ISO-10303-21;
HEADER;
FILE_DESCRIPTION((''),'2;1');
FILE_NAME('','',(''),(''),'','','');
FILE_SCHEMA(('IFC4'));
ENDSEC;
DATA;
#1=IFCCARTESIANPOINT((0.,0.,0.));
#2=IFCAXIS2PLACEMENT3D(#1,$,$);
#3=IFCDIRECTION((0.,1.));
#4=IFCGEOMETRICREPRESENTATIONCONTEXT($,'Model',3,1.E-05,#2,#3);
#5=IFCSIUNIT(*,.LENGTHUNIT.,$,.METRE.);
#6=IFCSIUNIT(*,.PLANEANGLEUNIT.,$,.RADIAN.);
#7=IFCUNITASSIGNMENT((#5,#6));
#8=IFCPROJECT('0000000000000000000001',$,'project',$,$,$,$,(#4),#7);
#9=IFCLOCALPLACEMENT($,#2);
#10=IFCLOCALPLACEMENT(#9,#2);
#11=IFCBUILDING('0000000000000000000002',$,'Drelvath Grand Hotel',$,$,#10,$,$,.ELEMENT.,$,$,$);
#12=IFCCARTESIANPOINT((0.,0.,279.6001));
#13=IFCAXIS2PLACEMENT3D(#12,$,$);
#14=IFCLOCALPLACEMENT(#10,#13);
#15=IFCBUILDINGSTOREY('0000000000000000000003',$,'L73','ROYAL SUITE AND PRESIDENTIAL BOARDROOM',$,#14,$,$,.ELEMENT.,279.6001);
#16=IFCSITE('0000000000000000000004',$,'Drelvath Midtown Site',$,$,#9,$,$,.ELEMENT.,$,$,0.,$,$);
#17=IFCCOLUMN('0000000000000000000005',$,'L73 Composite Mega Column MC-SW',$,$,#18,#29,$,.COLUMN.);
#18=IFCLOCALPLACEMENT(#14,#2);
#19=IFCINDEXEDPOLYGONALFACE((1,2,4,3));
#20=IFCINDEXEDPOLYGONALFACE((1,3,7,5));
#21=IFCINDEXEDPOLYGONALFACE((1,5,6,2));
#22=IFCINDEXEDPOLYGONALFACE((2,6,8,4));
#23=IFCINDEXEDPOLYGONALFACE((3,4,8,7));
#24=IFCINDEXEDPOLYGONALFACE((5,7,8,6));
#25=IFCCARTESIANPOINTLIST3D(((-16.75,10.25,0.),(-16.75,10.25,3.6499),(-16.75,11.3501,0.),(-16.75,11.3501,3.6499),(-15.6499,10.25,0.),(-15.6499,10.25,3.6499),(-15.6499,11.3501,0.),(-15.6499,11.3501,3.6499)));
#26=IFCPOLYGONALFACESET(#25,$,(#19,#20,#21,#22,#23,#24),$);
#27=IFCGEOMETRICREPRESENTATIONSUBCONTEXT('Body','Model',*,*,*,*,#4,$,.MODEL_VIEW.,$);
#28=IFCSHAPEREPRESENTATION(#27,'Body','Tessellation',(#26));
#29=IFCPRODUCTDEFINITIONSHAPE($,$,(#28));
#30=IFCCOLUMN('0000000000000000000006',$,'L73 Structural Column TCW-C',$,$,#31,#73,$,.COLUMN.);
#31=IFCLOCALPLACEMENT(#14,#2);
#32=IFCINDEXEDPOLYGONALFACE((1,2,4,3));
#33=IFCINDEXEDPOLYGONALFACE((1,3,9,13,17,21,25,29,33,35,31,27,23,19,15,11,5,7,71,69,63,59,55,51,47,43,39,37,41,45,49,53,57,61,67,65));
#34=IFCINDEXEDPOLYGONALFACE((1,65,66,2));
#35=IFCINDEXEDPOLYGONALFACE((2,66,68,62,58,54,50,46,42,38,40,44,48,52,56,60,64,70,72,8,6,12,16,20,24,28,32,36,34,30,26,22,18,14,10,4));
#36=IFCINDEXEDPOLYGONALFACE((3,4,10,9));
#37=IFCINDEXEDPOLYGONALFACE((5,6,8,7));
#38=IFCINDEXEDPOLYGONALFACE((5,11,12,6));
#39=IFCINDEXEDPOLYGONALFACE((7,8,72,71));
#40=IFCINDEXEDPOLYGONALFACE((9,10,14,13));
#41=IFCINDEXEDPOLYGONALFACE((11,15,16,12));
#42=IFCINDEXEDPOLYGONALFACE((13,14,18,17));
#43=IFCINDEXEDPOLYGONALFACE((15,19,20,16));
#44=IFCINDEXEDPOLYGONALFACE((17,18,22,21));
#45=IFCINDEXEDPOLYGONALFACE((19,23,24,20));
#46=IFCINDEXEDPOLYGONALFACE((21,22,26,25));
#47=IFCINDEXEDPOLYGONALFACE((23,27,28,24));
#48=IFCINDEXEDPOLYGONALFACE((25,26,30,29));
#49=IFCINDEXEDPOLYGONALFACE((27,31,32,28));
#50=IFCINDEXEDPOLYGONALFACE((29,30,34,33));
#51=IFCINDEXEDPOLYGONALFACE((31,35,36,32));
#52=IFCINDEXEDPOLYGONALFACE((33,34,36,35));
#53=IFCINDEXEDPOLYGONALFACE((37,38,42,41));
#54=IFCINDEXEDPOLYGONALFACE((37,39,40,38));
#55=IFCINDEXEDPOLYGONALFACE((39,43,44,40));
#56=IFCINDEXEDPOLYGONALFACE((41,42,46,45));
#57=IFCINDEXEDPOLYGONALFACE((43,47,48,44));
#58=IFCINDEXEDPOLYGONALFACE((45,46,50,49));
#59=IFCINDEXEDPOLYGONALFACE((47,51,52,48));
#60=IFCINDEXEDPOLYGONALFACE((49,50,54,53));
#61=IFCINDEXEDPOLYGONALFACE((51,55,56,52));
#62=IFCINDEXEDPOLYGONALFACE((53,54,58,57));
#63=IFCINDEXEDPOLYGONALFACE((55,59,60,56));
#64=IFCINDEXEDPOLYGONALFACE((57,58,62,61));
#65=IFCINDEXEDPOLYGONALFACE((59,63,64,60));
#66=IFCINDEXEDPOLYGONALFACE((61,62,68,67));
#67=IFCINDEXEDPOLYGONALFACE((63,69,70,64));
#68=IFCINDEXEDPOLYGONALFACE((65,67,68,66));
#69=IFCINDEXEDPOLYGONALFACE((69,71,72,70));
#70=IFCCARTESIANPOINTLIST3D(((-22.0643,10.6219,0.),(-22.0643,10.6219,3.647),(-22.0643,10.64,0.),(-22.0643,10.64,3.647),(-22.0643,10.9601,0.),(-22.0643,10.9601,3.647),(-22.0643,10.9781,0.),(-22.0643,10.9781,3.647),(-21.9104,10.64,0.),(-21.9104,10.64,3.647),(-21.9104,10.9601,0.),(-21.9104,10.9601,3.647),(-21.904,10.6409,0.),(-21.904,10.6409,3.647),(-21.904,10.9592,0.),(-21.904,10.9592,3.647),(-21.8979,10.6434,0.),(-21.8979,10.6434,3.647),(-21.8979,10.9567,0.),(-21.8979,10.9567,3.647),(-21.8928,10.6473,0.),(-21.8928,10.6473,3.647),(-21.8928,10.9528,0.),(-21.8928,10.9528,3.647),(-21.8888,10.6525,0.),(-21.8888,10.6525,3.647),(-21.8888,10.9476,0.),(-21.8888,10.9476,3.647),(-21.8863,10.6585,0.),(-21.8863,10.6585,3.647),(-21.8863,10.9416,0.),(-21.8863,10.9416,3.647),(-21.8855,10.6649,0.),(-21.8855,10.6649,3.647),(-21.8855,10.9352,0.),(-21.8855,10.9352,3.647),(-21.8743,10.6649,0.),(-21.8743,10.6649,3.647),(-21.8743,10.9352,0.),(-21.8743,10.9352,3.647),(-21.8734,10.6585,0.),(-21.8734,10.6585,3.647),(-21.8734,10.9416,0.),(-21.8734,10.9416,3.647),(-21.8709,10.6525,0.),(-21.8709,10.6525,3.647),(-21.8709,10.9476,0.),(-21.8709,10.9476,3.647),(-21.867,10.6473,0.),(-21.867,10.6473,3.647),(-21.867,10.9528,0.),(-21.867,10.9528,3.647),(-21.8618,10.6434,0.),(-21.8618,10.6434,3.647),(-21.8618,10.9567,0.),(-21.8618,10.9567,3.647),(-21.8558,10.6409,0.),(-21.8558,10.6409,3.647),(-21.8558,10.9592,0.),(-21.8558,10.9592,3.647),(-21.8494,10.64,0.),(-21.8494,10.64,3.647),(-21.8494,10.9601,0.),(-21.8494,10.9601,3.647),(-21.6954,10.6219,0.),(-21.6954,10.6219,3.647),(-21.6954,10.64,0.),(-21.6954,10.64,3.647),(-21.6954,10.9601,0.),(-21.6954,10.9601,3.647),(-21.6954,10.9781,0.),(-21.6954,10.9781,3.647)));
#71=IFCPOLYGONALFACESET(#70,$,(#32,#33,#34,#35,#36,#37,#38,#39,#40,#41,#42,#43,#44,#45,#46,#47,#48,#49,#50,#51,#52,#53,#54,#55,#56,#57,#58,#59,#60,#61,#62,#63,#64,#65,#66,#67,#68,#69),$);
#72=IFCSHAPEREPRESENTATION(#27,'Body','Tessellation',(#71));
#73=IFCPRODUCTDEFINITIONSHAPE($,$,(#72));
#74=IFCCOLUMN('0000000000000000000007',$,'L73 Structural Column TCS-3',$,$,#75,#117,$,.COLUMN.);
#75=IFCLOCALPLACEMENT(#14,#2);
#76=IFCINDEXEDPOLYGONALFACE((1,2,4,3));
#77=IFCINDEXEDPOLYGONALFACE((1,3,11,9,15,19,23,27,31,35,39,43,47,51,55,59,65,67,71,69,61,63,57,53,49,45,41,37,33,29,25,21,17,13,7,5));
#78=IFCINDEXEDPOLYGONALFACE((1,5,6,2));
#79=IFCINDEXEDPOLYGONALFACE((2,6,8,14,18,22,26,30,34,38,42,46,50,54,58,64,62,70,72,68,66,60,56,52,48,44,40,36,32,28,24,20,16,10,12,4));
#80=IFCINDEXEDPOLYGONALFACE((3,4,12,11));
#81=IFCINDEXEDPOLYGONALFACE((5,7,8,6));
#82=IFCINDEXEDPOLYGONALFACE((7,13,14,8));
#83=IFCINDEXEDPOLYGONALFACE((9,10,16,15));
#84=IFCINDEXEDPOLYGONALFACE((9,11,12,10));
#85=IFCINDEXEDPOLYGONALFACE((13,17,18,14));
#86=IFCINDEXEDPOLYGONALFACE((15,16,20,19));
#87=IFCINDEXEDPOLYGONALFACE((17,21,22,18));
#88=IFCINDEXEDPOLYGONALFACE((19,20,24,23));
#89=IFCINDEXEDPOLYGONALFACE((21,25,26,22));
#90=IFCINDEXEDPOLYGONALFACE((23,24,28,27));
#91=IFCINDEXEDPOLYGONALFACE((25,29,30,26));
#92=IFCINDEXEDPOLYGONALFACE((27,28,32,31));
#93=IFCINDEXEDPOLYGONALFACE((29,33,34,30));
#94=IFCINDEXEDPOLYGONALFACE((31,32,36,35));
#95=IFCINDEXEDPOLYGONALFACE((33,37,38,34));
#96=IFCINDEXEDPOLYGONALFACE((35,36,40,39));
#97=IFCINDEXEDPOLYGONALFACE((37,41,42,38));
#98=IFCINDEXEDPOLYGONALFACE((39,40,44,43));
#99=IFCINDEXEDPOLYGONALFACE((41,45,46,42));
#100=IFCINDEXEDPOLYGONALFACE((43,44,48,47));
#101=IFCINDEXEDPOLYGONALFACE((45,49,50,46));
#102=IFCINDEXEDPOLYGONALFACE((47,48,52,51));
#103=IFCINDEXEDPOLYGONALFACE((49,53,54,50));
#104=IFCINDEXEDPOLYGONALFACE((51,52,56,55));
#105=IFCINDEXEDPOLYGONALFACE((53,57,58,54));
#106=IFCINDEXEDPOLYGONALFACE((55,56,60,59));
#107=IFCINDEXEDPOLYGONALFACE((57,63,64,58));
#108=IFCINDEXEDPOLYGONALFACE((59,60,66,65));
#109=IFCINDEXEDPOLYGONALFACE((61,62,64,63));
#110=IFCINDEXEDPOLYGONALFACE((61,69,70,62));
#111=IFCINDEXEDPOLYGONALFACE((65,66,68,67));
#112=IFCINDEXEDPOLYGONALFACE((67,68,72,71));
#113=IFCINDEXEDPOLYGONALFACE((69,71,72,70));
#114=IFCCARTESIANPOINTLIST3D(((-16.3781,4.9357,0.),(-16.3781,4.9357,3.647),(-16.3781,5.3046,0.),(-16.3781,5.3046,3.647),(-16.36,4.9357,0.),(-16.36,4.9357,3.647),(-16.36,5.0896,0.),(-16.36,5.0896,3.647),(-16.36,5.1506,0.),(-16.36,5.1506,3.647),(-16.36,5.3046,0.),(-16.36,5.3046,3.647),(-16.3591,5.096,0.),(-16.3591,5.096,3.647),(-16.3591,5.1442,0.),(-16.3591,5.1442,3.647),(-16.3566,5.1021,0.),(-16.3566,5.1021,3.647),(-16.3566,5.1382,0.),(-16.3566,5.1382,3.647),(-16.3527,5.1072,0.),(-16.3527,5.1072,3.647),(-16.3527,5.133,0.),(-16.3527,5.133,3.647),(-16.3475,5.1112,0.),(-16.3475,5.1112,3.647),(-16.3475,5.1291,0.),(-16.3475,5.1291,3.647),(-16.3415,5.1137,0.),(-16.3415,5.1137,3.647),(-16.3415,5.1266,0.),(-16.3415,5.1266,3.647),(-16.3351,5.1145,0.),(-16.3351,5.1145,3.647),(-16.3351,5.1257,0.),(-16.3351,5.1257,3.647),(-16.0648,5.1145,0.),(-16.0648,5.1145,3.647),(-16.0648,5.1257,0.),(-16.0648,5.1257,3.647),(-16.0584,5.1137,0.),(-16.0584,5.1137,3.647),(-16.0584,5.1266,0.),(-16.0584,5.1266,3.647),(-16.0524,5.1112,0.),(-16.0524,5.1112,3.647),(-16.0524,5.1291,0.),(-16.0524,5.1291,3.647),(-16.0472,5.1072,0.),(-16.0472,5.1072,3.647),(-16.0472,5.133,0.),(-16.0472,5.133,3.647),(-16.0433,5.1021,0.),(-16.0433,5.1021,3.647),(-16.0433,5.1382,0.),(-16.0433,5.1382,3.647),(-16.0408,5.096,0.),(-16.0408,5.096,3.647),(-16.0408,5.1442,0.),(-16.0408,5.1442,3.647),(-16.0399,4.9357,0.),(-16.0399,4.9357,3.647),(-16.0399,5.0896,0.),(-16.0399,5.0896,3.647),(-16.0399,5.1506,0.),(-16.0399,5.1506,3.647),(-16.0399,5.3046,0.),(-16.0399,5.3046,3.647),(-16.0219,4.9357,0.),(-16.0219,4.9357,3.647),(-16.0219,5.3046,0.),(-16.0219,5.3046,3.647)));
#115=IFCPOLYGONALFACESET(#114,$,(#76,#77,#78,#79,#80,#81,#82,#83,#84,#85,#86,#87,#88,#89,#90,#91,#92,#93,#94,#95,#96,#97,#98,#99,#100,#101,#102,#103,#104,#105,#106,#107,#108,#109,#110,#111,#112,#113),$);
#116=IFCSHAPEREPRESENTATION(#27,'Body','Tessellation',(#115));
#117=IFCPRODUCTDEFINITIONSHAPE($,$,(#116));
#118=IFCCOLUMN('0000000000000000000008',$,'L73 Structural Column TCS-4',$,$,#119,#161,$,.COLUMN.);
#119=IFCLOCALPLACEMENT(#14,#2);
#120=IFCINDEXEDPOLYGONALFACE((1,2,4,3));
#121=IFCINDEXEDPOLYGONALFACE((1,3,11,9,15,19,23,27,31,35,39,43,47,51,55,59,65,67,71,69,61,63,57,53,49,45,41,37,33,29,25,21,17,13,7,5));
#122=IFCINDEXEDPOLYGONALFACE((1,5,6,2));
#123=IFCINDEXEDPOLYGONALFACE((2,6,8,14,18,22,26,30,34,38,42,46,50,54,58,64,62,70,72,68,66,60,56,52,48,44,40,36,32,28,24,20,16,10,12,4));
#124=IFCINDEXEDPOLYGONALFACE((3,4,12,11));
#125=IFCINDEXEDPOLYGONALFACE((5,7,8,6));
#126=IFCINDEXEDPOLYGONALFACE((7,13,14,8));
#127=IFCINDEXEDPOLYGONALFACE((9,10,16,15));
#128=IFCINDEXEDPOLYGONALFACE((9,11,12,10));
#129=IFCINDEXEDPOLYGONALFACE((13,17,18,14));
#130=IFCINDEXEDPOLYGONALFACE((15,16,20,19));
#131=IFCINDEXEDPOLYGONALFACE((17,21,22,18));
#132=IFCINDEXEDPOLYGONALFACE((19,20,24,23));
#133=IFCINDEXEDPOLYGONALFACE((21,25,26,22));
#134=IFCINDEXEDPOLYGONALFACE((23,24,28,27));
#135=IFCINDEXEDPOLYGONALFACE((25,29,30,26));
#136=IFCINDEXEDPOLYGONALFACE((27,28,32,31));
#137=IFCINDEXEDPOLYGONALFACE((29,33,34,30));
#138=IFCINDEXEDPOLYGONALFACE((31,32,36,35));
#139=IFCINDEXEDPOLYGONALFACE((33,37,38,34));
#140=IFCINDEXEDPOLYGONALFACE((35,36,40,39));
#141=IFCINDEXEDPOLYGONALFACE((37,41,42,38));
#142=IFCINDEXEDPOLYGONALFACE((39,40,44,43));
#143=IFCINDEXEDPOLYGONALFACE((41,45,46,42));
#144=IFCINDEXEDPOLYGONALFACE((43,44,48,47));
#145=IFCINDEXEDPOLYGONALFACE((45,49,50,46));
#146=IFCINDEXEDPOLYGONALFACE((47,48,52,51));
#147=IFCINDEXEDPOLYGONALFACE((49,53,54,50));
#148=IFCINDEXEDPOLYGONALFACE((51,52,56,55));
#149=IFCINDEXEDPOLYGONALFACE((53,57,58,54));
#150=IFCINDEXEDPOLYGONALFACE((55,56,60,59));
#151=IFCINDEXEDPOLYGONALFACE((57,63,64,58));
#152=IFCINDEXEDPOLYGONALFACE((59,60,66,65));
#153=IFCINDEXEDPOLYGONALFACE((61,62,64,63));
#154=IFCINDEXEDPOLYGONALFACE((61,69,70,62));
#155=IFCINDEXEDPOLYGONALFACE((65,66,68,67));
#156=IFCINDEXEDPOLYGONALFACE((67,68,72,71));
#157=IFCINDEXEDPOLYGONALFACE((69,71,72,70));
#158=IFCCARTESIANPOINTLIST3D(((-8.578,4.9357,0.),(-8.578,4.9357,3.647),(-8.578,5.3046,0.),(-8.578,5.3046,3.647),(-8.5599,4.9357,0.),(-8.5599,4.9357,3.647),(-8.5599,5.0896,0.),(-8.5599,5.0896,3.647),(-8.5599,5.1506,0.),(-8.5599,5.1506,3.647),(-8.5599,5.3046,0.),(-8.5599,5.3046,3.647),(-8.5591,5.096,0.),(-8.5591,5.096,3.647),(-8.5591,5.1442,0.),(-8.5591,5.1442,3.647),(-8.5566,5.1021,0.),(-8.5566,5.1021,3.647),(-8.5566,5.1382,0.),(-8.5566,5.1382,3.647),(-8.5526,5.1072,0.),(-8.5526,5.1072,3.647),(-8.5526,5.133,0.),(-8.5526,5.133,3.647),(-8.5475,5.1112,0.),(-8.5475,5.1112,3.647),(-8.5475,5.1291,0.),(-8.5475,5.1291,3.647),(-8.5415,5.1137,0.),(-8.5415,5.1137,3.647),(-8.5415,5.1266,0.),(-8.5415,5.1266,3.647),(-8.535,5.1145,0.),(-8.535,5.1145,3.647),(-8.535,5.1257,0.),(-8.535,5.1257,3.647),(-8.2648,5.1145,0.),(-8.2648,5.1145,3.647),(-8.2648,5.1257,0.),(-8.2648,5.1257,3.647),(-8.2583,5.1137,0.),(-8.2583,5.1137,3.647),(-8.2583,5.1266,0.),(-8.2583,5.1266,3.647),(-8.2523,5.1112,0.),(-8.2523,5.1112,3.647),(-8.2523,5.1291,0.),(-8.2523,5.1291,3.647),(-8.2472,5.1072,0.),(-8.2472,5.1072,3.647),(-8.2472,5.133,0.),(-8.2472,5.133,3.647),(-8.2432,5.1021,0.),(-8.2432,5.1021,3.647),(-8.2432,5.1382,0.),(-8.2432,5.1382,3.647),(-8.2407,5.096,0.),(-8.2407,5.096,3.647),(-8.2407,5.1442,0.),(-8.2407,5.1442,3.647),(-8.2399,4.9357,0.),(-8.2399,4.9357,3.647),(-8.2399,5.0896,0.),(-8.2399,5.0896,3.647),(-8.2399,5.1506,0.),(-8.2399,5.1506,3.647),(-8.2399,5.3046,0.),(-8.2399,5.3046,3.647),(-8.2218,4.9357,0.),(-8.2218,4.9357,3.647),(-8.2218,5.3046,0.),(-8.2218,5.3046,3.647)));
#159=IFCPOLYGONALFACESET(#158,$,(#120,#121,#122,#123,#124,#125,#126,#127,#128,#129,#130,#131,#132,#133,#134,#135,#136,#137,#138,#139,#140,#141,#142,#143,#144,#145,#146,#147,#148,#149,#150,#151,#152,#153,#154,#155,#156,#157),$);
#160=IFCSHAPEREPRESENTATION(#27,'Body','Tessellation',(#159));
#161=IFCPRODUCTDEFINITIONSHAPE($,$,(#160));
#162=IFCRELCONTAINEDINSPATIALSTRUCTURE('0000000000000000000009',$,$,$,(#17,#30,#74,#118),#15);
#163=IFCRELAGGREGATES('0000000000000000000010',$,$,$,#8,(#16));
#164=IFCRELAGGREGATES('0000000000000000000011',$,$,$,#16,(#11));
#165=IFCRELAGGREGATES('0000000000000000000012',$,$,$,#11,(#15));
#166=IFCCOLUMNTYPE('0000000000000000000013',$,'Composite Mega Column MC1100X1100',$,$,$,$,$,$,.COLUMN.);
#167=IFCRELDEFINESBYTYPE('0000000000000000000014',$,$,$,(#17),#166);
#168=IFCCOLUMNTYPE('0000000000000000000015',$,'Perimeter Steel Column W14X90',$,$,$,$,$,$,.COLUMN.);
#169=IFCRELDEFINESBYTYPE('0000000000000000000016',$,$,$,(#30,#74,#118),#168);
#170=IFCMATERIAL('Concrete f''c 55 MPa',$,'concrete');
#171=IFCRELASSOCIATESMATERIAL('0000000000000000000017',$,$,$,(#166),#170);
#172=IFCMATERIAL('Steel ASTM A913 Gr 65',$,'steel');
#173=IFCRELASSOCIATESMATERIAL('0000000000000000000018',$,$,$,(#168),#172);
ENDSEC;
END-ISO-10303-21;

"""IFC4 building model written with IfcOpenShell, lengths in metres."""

from ifc_helpers import new_model, si_unit, direction, frame, origin, origin_2d, place, context, subcontext, project, spatial, rectangle, i_section, extrude, material, material_profile, profile_set, type_object, element, save


model = new_model("IFC4")

# Units and contexts
model_context = context("Model", 3, precision=1e-05, world=origin(), true_north=direction((0.0, 1.0)))
body_context = subcontext(model_context, "Body", "Model", "MODEL_VIEW")
ifc_project = project(units=[si_unit("LENGTHUNIT", "METRE"), si_unit("PLANEANGLEUNIT", "RADIAN")], contexts=[model_context])

# Site, building, storey
site_placement = place(None, origin())
site = spatial("IfcSite", under=ifc_project, at=site_placement, Name="Drelvath Midtown Site", CompositionType="ELEMENT", RefElevation=0.0)
building_placement = place(site_placement, origin())
building = spatial("IfcBuilding", under=site, at=building_placement, Name="Drelvath Grand Hotel", CompositionType="ELEMENT")
storey_placement = place(building_placement, frame((0.0, 0.0, 279.6001)))
storey = spatial("IfcBuildingStorey", under=building, at=storey_placement, Name="L73", Description="ROYAL SUITE AND PRESIDENTIAL BOARDROOM", CompositionType="ELEMENT", Elevation=279.6001)

# Columns
ifc_material_1 = material(Name="Concrete f'c 55 MPa", Category="concrete")
ifc_material_profile_1 = material_profile(ifc_material_1, rectangle(XDim=1.1001, YDim=1.1001, at=origin_2d()), Name="MC1100X1100")
ifc_profile_set_1 = profile_set([ifc_material_profile_1], Name="Concrete f'c 55 MPa")
column_type_1 = type_object("IfcColumnType", Name="Composite Mega Column MC1100X1100", PredefinedType="COLUMN", material=ifc_profile_set_1)
column_placement = place(storey_placement, frame((-16.2, 10.8, 0.0), z_axis=(0.0, 0.0, 1.0), x_axis=(1.0, 0.0, 0.0)))
element("IfcColumn", 1, at=column_placement, inside=storey, type_object=column_type_1, Name="L73 Composite Mega Column MC-SW", PredefinedType="COLUMN", context=body_context, shape_type="SweptSolid", body=[
    extrude(rectangle(XDim=1.1001, YDim=1.1001, at=origin_2d()), origin(), (0.0, 0.0, 1.0), 3.6499),
])
ifc_material_2 = material(Name="Steel ASTM A913 Gr 65", Category="steel")
ifc_material_profile_2 = material_profile(ifc_material_2, i_section(OverallWidth=0.3689, OverallDepth=0.3562, WebThickness=0.0112, FlangeThickness=0.0181, FilletRadius=0.0249, at=origin_2d()), Name="W14X90")
ifc_profile_set_2 = profile_set([ifc_material_profile_2], Name="Steel ASTM A913 Gr 65")
column_type_2 = type_object("IfcColumnType", Name="Perimeter Steel Column W14X90", PredefinedType="COLUMN", material=ifc_profile_set_2)
for number, where, z_axis, x_axis, name in (
    (2, (-21.8799, 10.8, 0.0), (0.0, 0.0, 1.0), (1.0, 0.0, 0.0), "L73 Structural Column TCW-C"),
    (3, (-16.2, 5.1201, 0.0), (0.0, 0.0, 1.0), (0.0, 1.0, 0.0), "L73 Structural Column TCS-3"),
    (4, (-8.3999, 5.1201, 0.0), (0.0, 0.0, 1.0), (0.0, 1.0, 0.0), "L73 Structural Column TCS-4"),
):
    element("IfcColumn", number, at=place(storey_placement, frame(where, z_axis=z_axis, x_axis=x_axis)), inside=storey, type_object=column_type_2, Name=name, PredefinedType="COLUMN", context=body_context, shape_type="SweptSolid", body=[
        extrude(i_section(OverallWidth=0.3689, OverallDepth=0.3562, WebThickness=0.0112, FlangeThickness=0.0181, FilletRadius=0.0249, at=origin_2d()), origin(), (0.0, 0.0, 1.0), 3.647),
    ])

save(model, "model.ifc")
